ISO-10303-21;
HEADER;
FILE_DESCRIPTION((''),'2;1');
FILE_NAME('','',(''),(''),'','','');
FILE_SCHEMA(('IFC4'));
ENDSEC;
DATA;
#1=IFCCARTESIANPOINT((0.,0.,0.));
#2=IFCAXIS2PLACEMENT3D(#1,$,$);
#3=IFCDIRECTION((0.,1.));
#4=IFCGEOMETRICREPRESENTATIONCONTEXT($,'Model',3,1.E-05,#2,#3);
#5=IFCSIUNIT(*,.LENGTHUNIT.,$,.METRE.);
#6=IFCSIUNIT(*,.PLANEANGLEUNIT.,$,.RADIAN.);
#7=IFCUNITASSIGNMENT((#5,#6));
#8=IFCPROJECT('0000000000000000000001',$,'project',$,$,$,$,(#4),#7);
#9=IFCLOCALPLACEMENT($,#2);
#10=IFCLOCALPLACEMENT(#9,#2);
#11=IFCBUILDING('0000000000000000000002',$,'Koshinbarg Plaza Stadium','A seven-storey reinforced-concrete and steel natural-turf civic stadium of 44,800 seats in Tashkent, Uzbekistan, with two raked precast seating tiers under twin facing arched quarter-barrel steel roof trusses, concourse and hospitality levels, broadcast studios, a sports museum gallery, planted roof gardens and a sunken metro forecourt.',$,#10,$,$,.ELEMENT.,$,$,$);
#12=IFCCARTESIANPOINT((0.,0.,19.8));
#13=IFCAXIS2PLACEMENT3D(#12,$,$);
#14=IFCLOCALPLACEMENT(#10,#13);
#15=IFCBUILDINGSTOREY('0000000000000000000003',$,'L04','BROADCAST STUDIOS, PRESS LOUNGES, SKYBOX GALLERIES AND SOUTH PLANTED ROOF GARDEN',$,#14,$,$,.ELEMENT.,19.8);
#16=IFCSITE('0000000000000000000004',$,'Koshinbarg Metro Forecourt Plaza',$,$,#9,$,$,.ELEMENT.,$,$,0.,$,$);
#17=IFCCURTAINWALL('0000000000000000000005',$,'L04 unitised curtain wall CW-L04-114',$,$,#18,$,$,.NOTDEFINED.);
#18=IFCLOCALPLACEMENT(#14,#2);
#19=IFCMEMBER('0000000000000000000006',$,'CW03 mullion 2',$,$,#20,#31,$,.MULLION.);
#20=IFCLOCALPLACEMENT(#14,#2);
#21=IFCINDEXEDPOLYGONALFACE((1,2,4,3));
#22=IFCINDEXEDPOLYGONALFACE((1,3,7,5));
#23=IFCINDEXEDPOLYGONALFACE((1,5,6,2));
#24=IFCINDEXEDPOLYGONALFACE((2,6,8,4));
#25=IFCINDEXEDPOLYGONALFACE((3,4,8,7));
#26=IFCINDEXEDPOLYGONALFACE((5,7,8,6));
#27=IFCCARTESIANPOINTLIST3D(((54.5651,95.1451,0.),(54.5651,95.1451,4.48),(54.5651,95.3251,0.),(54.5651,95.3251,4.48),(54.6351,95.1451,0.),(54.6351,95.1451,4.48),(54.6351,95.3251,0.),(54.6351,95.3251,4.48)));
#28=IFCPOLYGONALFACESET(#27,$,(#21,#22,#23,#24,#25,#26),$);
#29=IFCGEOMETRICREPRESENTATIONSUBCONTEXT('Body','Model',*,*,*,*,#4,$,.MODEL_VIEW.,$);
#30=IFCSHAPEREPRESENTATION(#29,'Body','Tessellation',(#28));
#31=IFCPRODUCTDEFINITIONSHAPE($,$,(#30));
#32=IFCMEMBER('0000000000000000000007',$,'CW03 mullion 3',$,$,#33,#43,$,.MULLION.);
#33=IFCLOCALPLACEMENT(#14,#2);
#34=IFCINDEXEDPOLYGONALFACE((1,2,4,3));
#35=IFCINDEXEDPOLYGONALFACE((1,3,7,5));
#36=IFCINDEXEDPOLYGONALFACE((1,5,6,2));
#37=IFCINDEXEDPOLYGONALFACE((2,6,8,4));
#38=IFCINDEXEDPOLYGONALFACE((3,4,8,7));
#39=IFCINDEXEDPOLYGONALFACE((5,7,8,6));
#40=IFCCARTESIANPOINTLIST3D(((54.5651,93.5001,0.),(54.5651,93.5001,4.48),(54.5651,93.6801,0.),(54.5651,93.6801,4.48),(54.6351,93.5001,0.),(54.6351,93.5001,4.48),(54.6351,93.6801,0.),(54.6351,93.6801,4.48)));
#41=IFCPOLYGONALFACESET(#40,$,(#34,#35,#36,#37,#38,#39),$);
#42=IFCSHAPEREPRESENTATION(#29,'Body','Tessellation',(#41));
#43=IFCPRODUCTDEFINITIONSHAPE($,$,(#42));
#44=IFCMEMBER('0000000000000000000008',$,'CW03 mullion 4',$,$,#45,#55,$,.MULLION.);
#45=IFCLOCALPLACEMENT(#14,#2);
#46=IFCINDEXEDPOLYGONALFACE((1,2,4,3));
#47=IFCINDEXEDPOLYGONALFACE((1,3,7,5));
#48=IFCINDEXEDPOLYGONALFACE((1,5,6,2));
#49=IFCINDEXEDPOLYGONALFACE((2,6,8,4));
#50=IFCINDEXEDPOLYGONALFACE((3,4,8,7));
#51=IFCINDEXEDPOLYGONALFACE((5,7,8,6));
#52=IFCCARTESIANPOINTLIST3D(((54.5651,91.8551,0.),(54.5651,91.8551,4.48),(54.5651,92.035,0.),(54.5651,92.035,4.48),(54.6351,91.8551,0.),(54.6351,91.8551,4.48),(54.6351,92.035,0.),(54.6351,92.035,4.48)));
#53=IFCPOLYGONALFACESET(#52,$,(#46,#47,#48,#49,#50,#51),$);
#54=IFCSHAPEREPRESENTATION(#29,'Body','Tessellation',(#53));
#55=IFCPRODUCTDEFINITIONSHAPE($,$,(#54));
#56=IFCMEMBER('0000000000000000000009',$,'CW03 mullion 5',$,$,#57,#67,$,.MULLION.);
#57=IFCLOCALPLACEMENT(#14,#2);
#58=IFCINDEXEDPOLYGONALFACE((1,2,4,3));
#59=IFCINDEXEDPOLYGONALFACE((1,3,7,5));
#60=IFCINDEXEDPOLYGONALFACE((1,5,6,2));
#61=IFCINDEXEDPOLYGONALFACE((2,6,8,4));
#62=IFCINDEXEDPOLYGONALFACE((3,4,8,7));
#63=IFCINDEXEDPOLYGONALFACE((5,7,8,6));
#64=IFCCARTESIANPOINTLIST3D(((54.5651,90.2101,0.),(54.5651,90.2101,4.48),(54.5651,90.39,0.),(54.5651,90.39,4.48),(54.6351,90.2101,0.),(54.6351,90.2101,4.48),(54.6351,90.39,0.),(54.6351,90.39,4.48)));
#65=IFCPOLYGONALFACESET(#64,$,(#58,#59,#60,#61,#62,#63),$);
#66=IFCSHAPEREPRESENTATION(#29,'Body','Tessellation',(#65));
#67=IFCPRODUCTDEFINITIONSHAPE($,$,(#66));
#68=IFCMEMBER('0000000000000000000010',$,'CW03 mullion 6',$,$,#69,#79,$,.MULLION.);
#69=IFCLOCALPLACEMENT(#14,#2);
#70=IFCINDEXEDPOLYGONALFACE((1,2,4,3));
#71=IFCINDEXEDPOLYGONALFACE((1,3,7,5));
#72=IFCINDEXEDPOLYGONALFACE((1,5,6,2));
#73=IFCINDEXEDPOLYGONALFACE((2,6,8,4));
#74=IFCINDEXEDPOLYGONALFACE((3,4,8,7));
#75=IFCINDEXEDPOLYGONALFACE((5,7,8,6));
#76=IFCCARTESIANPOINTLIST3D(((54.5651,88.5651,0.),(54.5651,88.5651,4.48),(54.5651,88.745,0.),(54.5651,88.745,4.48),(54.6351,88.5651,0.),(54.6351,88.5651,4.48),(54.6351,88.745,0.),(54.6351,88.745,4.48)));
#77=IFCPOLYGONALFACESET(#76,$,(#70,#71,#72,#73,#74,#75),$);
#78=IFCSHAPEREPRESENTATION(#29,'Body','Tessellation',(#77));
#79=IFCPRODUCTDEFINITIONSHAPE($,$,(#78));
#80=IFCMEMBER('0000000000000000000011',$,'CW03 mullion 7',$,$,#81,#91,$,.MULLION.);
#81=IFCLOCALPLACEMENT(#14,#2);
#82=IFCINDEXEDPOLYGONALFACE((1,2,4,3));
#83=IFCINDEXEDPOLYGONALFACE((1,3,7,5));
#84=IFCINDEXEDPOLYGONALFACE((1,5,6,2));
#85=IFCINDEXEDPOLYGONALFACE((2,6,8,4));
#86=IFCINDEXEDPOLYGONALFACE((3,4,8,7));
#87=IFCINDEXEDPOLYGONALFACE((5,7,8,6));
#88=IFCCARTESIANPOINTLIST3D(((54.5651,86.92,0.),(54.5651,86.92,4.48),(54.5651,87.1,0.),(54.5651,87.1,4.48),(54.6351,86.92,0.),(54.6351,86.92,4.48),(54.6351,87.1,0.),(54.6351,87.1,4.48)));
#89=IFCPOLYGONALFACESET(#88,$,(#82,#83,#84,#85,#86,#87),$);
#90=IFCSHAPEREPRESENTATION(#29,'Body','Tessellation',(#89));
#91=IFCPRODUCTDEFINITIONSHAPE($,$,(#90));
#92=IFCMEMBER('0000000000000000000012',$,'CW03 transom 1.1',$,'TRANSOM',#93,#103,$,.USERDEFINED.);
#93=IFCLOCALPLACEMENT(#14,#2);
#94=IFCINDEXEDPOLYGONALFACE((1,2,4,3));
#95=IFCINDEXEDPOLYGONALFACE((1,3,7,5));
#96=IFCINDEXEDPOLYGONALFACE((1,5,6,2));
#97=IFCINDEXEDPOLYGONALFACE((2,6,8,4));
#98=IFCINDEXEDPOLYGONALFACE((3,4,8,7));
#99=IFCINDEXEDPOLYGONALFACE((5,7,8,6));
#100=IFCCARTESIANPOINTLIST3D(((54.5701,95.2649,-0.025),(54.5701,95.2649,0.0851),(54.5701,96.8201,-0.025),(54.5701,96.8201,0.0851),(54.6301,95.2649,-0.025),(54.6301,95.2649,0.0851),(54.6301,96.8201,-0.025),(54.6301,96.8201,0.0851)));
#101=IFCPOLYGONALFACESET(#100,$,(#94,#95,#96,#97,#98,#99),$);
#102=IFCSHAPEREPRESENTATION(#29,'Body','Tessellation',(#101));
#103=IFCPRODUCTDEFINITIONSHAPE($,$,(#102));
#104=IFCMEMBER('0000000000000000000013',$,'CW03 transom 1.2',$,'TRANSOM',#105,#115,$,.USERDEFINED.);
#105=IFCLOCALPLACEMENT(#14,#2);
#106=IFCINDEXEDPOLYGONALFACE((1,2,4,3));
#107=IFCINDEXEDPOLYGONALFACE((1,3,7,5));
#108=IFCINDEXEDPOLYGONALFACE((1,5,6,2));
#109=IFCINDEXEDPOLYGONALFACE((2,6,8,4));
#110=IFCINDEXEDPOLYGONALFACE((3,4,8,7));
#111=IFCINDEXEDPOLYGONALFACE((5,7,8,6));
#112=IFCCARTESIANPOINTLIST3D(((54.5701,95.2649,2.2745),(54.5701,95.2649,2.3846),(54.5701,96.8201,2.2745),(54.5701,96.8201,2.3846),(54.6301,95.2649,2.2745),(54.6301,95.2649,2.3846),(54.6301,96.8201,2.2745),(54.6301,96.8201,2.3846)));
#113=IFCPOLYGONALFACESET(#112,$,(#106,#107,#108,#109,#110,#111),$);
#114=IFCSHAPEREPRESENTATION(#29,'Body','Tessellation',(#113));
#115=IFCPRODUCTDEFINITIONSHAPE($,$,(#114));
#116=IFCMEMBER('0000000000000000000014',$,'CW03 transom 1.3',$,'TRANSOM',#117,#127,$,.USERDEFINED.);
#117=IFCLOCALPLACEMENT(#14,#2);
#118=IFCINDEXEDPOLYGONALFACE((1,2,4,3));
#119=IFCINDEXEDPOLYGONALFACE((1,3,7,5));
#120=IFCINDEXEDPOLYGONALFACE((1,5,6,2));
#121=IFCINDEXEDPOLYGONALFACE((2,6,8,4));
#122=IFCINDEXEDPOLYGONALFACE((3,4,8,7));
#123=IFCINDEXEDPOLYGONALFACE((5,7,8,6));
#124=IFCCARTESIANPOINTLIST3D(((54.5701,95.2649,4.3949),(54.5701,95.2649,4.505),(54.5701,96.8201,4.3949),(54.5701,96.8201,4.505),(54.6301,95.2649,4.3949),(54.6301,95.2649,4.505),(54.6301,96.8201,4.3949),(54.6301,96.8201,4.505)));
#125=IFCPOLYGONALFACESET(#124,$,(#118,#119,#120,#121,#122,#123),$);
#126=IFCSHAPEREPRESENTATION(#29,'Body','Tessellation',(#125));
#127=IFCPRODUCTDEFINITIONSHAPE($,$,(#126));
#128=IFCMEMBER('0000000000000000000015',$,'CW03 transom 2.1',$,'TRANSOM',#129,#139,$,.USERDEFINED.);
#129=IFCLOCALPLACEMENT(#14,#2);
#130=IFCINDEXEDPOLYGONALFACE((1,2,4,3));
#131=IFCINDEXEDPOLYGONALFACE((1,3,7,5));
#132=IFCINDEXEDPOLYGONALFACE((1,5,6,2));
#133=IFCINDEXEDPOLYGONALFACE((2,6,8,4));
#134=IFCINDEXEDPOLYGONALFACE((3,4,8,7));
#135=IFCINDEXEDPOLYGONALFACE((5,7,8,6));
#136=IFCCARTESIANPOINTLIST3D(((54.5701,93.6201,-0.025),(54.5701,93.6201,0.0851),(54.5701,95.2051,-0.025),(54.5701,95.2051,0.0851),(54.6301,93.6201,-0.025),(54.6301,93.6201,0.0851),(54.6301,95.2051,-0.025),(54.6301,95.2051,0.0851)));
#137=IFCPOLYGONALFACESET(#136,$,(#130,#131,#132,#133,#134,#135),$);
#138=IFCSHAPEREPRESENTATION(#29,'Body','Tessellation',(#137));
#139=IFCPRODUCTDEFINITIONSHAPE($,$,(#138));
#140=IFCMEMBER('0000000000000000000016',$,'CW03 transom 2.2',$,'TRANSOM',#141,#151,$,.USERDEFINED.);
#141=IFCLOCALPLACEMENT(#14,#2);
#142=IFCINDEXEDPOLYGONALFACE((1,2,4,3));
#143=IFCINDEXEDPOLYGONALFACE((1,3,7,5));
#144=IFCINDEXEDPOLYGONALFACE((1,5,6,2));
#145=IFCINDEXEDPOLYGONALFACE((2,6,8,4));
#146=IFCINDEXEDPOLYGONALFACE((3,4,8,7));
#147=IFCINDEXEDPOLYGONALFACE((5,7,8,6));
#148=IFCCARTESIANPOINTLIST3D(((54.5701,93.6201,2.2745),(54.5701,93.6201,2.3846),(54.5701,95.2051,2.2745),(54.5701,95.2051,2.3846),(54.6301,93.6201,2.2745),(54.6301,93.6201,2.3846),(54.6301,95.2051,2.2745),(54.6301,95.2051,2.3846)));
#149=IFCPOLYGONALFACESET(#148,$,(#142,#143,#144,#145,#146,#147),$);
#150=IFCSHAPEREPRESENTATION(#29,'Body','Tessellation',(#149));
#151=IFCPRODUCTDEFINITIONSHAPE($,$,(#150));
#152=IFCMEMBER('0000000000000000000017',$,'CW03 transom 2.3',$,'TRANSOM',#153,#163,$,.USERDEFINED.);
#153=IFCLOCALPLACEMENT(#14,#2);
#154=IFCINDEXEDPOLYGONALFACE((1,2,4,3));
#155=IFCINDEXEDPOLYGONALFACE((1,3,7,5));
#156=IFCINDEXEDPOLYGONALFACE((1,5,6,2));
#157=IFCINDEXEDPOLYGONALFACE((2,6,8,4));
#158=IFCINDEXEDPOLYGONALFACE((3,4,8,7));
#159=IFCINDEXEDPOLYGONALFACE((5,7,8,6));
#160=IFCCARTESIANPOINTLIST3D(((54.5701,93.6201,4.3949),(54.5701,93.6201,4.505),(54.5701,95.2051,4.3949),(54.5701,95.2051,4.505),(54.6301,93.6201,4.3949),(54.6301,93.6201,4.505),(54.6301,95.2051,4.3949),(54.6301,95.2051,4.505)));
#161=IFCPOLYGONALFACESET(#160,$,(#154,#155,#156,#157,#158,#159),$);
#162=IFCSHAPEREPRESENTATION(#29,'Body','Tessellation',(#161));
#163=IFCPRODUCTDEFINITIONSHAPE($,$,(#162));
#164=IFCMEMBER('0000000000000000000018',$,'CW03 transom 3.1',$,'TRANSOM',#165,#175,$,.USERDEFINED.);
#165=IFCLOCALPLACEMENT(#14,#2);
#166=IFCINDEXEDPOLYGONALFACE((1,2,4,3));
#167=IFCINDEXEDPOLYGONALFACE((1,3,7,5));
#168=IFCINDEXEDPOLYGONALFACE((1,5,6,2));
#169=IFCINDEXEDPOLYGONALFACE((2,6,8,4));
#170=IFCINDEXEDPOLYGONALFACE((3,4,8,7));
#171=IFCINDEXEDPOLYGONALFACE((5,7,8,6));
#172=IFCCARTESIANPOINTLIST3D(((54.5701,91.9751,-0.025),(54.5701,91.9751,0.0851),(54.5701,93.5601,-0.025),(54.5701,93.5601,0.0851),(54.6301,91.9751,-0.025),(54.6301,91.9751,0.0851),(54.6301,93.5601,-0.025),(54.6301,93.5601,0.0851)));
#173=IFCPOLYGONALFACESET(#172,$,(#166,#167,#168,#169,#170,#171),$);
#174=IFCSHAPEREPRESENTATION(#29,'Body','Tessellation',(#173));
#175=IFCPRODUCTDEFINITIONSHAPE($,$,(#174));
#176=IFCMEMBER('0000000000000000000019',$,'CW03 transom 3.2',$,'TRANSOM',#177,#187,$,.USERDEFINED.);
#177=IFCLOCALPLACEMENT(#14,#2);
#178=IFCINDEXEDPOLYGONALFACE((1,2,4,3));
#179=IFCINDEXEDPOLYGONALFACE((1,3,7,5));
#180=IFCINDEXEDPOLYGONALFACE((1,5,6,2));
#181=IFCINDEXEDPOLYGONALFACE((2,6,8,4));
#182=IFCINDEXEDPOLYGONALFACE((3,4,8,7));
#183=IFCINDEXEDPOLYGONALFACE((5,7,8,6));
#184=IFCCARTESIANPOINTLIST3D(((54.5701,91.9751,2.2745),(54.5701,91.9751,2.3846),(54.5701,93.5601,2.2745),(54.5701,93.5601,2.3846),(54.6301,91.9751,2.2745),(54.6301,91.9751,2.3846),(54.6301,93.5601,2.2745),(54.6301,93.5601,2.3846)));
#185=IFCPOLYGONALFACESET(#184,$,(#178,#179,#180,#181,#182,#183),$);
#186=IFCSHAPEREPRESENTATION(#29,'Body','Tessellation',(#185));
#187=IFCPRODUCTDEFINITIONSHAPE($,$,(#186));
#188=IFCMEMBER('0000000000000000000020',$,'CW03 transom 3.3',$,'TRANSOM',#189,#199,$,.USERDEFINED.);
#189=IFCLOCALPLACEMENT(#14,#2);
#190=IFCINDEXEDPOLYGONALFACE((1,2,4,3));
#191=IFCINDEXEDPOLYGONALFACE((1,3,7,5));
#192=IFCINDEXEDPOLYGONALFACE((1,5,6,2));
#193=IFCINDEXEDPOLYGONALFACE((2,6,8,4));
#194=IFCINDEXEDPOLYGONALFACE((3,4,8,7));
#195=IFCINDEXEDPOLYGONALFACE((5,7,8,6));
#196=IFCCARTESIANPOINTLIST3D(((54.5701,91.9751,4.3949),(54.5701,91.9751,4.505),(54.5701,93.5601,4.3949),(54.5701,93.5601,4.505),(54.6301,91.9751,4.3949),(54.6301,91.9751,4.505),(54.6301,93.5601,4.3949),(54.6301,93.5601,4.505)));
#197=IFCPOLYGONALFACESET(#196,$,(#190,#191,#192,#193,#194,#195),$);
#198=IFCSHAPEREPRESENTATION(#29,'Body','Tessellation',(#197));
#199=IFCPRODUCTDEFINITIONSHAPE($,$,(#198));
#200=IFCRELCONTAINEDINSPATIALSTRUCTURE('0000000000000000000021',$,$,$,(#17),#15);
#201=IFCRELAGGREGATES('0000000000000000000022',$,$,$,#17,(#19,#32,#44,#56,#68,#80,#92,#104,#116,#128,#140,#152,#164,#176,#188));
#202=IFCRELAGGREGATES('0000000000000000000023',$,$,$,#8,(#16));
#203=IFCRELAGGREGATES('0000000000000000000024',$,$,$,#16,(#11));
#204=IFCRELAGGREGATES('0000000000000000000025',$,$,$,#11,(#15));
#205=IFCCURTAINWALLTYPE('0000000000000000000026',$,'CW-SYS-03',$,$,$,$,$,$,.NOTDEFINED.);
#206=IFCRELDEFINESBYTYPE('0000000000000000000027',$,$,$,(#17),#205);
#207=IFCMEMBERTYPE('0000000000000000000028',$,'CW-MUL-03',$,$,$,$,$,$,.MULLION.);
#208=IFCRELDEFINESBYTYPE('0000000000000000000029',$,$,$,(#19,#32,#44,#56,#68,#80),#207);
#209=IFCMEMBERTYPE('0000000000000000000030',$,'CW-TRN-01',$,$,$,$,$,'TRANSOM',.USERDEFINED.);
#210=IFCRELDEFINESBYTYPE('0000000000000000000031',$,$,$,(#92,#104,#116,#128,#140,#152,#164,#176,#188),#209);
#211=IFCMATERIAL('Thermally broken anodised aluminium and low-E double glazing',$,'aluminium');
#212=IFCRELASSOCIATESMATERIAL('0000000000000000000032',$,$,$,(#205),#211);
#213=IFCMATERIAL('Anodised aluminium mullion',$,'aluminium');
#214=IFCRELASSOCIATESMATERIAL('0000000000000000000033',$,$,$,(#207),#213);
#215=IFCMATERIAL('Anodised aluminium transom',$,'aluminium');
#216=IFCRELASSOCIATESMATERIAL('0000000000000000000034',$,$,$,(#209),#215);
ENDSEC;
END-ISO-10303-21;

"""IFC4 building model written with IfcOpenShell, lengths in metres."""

from ifc_helpers import new_model, si_unit, direction, frame, origin, origin_2d, place, context, subcontext, project, spatial, rectangle, extrude, material, material_profile, profile_set, type_object, element, aggregate, save


model = new_model("IFC4")

# Units and contexts
model_context = context("Model", 3, precision=1e-05, world=origin(), true_north=direction((0.0, 1.0)))
body_context = subcontext(model_context, "Body", "Model", "MODEL_VIEW")
ifc_project = project(units=[si_unit("LENGTHUNIT", "METRE"), si_unit("PLANEANGLEUNIT", "RADIAN")], contexts=[model_context])

# Site, building, storey
site_placement = place(None, origin())
site = spatial("IfcSite", under=ifc_project, at=site_placement, Name="Koshinbarg Metro Forecourt Plaza", CompositionType="ELEMENT", RefElevation=0.0)
building_placement = place(site_placement, origin())
building = spatial("IfcBuilding", under=site, at=building_placement, Name="Koshinbarg Plaza Stadium", Description="A seven-storey reinforced-concrete and steel natural-turf civic stadium of 44,800 seats in Tashkent, Uzbekistan, with two raked precast seating tiers under twin facing arched quarter-barrel steel roof trusses, concourse and hospitality levels, broadcast studios, a sports museum gallery, planted roof gardens and a sunken metro forecourt.", CompositionType="ELEMENT")
storey_placement = place(building_placement, frame((0.0, 0.0, 19.8)))
storey = spatial("IfcBuildingStorey", under=building, at=storey_placement, Name="L04", Description="BROADCAST STUDIOS, PRESS LOUNGES, SKYBOX GALLERIES AND SOUTH PLANTED ROOF GARDEN", CompositionType="ELEMENT", Elevation=19.8)

# Curtain wall, members
ifc_material_1 = material(Name="Thermally broken anodised aluminium and low-E double glazing", Category="aluminium")
curtain_wall_type = type_object("IfcCurtainWallType", Name="CW-SYS-03", PredefinedType="NOTDEFINED", material=ifc_material_1)
curtain_wall_placement = place(storey_placement, origin())
curtain_wall = element("IfcCurtainWall", 1, at=curtain_wall_placement, inside=storey, type_object=curtain_wall_type, Name="L04 unitised curtain wall CW-L04-114", PredefinedType="NOTDEFINED")
ifc_material_2 = material(Name="Anodised aluminium mullion", Category="aluminium")
ifc_material_profile_1 = material_profile(ifc_material_2, rectangle(XDim=0.0701, YDim=0.1799, at=origin_2d()), Name="ALU 70x180")
ifc_profile_set_1 = profile_set([ifc_material_profile_1], Name="Anodised aluminium mullion")
member_type_1 = type_object("IfcMemberType", Name="CW-MUL-03", PredefinedType="MULLION", material=ifc_profile_set_1)
member_1_placement = place(storey_placement, frame((54.6001, 95.2351, 0.0), z_axis=(0.0, 0.0, 1.0), x_axis=(1.0, 0.0, 0.0)))
member_1 = element("IfcMember", 2, at=member_1_placement, type_object=member_type_1, Name="CW03 mullion 2", PredefinedType="MULLION", context=body_context, shape_type="SweptSolid", body=[
    extrude(rectangle(XDim=0.0701, YDim=0.1799, at=origin_2d()), origin(), (0.0, 0.0, 1.0), 4.48),
])
member_2_placement = place(storey_placement, frame((54.6001, 93.5901, 0.0), z_axis=(0.0, 0.0, 1.0), x_axis=(1.0, 0.0, 0.0)))
member_2 = element("IfcMember", 3, at=member_2_placement, type_object=member_type_1, Name="CW03 mullion 3", PredefinedType="MULLION", context=body_context, shape_type="SweptSolid", body=[
    extrude(rectangle(XDim=0.0701, YDim=0.1799, at=origin_2d()), origin(), (0.0, 0.0, 1.0), 4.48),
])
member_3_placement = place(storey_placement, frame((54.6001, 91.9451, 0.0), z_axis=(0.0, 0.0, 1.0), x_axis=(1.0, 0.0, 0.0)))
member_3 = element("IfcMember", 4, at=member_3_placement, type_object=member_type_1, Name="CW03 mullion 4", PredefinedType="MULLION", context=body_context, shape_type="SweptSolid", body=[
    extrude(rectangle(XDim=0.0701, YDim=0.1799, at=origin_2d()), origin(), (0.0, 0.0, 1.0), 4.48),
])
member_4_placement = place(storey_placement, frame((54.6001, 90.3, 0.0), z_axis=(0.0, 0.0, 1.0), x_axis=(1.0, 0.0, 0.0)))
member_4 = element("IfcMember", 5, at=member_4_placement, type_object=member_type_1, Name="CW03 mullion 5", PredefinedType="MULLION", context=body_context, shape_type="SweptSolid", body=[
    extrude(rectangle(XDim=0.0701, YDim=0.1799, at=origin_2d()), origin(), (0.0, 0.0, 1.0), 4.48),
])
member_5_placement = place(storey_placement, frame((54.6001, 88.655, 0.0), z_axis=(0.0, 0.0, 1.0), x_axis=(1.0, 0.0, 0.0)))
member_5 = element("IfcMember", 6, at=member_5_placement, type_object=member_type_1, Name="CW03 mullion 6", PredefinedType="MULLION", context=body_context, shape_type="SweptSolid", body=[
    extrude(rectangle(XDim=0.0701, YDim=0.1799, at=origin_2d()), origin(), (0.0, 0.0, 1.0), 4.48),
])
member_6_placement = place(storey_placement, frame((54.6001, 87.01, 0.0), z_axis=(0.0, 0.0, 1.0), x_axis=(1.0, 0.0, 0.0)))
member_6 = element("IfcMember", 7, at=member_6_placement, type_object=member_type_1, Name="CW03 mullion 7", PredefinedType="MULLION", context=body_context, shape_type="SweptSolid", body=[
    extrude(rectangle(XDim=0.0701, YDim=0.1799, at=origin_2d()), origin(), (0.0, 0.0, 1.0), 4.48),
])
ifc_material_3 = material(Name="Anodised aluminium transom", Category="aluminium")
ifc_material_profile_2 = material_profile(ifc_material_3, rectangle(XDim=0.0601, YDim=0.1101, at=origin_2d()), Name="ALU 60x110")
ifc_profile_set_2 = profile_set([ifc_material_profile_2], Name="Anodised aluminium transom")
member_type_2 = type_object("IfcMemberType", Name="CW-TRN-01", ElementType="TRANSOM", PredefinedType="USERDEFINED", material=ifc_profile_set_2)
member_7_placement = place(storey_placement, frame((54.6001, 96.8201, 0.03), z_axis=(0.0, -1.0, 0.0), x_axis=(1.0, 0.0, 0.0)))
member_7 = element("IfcMember", 8, at=member_7_placement, type_object=member_type_2, Name="CW03 transom 1.1", ObjectType="TRANSOM", PredefinedType="USERDEFINED", context=body_context, shape_type="SweptSolid", body=[
    extrude(rectangle(XDim=0.0601, YDim=0.1101, at=origin_2d()), origin(), (0.0, 0.0, 1.0), 1.5552),
])
member_8_placement = place(storey_placement, frame((54.6001, 96.8201, 2.3296), z_axis=(0.0, -1.0, 0.0), x_axis=(1.0, 0.0, 0.0)))
member_8 = element("IfcMember", 9, at=member_8_placement, type_object=member_type_2, Name="CW03 transom 1.2", ObjectType="TRANSOM", PredefinedType="USERDEFINED", context=body_context, shape_type="SweptSolid", body=[
    extrude(rectangle(XDim=0.0601, YDim=0.1101, at=origin_2d()), origin(), (0.0, 0.0, 1.0), 1.5552),
])
member_9_placement = place(storey_placement, frame((54.6001, 96.8201, 4.45), z_axis=(0.0, -1.0, 0.0), x_axis=(1.0, 0.0, 0.0)))
member_9 = element("IfcMember", 10, at=member_9_placement, type_object=member_type_2, Name="CW03 transom 1.3", ObjectType="TRANSOM", PredefinedType="USERDEFINED", context=body_context, shape_type="SweptSolid", body=[
    extrude(rectangle(XDim=0.0601, YDim=0.1101, at=origin_2d()), origin(), (0.0, 0.0, 1.0), 1.5552),
])
member_10_placement = place(storey_placement, frame((54.6001, 95.2051, 0.03), z_axis=(0.0, -1.0, 0.0), x_axis=(1.0, 0.0, 0.0)))
member_10 = element("IfcMember", 11, at=member_10_placement, type_object=member_type_2, Name="CW03 transom 2.1", ObjectType="TRANSOM", PredefinedType="USERDEFINED", context=body_context, shape_type="SweptSolid", body=[
    extrude(rectangle(XDim=0.0601, YDim=0.1101, at=origin_2d()), origin(), (0.0, 0.0, 1.0), 1.585),
])
member_11_placement = place(storey_placement, frame((54.6001, 95.2051, 2.3296), z_axis=(0.0, -1.0, 0.0), x_axis=(1.0, 0.0, 0.0)))
member_11 = element("IfcMember", 12, at=member_11_placement, type_object=member_type_2, Name="CW03 transom 2.2", ObjectType="TRANSOM", PredefinedType="USERDEFINED", context=body_context, shape_type="SweptSolid", body=[
    extrude(rectangle(XDim=0.0601, YDim=0.1101, at=origin_2d()), origin(), (0.0, 0.0, 1.0), 1.585),
])
member_12_placement = place(storey_placement, frame((54.6001, 95.2051, 4.45), z_axis=(0.0, -1.0, 0.0), x_axis=(1.0, 0.0, 0.0)))
member_12 = element("IfcMember", 13, at=member_12_placement, type_object=member_type_2, Name="CW03 transom 2.3", ObjectType="TRANSOM", PredefinedType="USERDEFINED", context=body_context, shape_type="SweptSolid", body=[
    extrude(rectangle(XDim=0.0601, YDim=0.1101, at=origin_2d()), origin(), (0.0, 0.0, 1.0), 1.585),
])
member_13_placement = place(storey_placement, frame((54.6001, 93.5601, 0.03), z_axis=(0.0, -1.0, 0.0), x_axis=(1.0, 0.0, 0.0)))
member_13 = element("IfcMember", 14, at=member_13_placement, type_object=member_type_2, Name="CW03 transom 3.1", ObjectType="TRANSOM", PredefinedType="USERDEFINED", context=body_context, shape_type="SweptSolid", body=[
    extrude(rectangle(XDim=0.0601, YDim=0.1101, at=origin_2d()), origin(), (0.0, 0.0, 1.0), 1.585),
])
member_14_placement = place(storey_placement, frame((54.6001, 93.5601, 2.3296), z_axis=(0.0, -1.0, 0.0), x_axis=(1.0, 0.0, 0.0)))
member_14 = element("IfcMember", 15, at=member_14_placement, type_object=member_type_2, Name="CW03 transom 3.2", ObjectType="TRANSOM", PredefinedType="USERDEFINED", context=body_context, shape_type="SweptSolid", body=[
    extrude(rectangle(XDim=0.0601, YDim=0.1101, at=origin_2d()), origin(), (0.0, 0.0, 1.0), 1.585),
])
member_15_placement = place(storey_placement, frame((54.6001, 93.5601, 4.45), z_axis=(0.0, -1.0, 0.0), x_axis=(1.0, 0.0, 0.0)))
member_15 = element("IfcMember", 16, at=member_15_placement, type_object=member_type_2, Name="CW03 transom 3.3", ObjectType="TRANSOM", PredefinedType="USERDEFINED", context=body_context, shape_type="SweptSolid", body=[
    extrude(rectangle(XDim=0.0601, YDim=0.1101, at=origin_2d()), origin(), (0.0, 0.0, 1.0), 1.585),
])
aggregate(curtain_wall, [member_1, member_2, member_3, member_4, member_5, member_6, member_7, member_8, member_9, member_10, member_11, member_12, member_13, member_14, member_15])

save(model, "model.ifc")
